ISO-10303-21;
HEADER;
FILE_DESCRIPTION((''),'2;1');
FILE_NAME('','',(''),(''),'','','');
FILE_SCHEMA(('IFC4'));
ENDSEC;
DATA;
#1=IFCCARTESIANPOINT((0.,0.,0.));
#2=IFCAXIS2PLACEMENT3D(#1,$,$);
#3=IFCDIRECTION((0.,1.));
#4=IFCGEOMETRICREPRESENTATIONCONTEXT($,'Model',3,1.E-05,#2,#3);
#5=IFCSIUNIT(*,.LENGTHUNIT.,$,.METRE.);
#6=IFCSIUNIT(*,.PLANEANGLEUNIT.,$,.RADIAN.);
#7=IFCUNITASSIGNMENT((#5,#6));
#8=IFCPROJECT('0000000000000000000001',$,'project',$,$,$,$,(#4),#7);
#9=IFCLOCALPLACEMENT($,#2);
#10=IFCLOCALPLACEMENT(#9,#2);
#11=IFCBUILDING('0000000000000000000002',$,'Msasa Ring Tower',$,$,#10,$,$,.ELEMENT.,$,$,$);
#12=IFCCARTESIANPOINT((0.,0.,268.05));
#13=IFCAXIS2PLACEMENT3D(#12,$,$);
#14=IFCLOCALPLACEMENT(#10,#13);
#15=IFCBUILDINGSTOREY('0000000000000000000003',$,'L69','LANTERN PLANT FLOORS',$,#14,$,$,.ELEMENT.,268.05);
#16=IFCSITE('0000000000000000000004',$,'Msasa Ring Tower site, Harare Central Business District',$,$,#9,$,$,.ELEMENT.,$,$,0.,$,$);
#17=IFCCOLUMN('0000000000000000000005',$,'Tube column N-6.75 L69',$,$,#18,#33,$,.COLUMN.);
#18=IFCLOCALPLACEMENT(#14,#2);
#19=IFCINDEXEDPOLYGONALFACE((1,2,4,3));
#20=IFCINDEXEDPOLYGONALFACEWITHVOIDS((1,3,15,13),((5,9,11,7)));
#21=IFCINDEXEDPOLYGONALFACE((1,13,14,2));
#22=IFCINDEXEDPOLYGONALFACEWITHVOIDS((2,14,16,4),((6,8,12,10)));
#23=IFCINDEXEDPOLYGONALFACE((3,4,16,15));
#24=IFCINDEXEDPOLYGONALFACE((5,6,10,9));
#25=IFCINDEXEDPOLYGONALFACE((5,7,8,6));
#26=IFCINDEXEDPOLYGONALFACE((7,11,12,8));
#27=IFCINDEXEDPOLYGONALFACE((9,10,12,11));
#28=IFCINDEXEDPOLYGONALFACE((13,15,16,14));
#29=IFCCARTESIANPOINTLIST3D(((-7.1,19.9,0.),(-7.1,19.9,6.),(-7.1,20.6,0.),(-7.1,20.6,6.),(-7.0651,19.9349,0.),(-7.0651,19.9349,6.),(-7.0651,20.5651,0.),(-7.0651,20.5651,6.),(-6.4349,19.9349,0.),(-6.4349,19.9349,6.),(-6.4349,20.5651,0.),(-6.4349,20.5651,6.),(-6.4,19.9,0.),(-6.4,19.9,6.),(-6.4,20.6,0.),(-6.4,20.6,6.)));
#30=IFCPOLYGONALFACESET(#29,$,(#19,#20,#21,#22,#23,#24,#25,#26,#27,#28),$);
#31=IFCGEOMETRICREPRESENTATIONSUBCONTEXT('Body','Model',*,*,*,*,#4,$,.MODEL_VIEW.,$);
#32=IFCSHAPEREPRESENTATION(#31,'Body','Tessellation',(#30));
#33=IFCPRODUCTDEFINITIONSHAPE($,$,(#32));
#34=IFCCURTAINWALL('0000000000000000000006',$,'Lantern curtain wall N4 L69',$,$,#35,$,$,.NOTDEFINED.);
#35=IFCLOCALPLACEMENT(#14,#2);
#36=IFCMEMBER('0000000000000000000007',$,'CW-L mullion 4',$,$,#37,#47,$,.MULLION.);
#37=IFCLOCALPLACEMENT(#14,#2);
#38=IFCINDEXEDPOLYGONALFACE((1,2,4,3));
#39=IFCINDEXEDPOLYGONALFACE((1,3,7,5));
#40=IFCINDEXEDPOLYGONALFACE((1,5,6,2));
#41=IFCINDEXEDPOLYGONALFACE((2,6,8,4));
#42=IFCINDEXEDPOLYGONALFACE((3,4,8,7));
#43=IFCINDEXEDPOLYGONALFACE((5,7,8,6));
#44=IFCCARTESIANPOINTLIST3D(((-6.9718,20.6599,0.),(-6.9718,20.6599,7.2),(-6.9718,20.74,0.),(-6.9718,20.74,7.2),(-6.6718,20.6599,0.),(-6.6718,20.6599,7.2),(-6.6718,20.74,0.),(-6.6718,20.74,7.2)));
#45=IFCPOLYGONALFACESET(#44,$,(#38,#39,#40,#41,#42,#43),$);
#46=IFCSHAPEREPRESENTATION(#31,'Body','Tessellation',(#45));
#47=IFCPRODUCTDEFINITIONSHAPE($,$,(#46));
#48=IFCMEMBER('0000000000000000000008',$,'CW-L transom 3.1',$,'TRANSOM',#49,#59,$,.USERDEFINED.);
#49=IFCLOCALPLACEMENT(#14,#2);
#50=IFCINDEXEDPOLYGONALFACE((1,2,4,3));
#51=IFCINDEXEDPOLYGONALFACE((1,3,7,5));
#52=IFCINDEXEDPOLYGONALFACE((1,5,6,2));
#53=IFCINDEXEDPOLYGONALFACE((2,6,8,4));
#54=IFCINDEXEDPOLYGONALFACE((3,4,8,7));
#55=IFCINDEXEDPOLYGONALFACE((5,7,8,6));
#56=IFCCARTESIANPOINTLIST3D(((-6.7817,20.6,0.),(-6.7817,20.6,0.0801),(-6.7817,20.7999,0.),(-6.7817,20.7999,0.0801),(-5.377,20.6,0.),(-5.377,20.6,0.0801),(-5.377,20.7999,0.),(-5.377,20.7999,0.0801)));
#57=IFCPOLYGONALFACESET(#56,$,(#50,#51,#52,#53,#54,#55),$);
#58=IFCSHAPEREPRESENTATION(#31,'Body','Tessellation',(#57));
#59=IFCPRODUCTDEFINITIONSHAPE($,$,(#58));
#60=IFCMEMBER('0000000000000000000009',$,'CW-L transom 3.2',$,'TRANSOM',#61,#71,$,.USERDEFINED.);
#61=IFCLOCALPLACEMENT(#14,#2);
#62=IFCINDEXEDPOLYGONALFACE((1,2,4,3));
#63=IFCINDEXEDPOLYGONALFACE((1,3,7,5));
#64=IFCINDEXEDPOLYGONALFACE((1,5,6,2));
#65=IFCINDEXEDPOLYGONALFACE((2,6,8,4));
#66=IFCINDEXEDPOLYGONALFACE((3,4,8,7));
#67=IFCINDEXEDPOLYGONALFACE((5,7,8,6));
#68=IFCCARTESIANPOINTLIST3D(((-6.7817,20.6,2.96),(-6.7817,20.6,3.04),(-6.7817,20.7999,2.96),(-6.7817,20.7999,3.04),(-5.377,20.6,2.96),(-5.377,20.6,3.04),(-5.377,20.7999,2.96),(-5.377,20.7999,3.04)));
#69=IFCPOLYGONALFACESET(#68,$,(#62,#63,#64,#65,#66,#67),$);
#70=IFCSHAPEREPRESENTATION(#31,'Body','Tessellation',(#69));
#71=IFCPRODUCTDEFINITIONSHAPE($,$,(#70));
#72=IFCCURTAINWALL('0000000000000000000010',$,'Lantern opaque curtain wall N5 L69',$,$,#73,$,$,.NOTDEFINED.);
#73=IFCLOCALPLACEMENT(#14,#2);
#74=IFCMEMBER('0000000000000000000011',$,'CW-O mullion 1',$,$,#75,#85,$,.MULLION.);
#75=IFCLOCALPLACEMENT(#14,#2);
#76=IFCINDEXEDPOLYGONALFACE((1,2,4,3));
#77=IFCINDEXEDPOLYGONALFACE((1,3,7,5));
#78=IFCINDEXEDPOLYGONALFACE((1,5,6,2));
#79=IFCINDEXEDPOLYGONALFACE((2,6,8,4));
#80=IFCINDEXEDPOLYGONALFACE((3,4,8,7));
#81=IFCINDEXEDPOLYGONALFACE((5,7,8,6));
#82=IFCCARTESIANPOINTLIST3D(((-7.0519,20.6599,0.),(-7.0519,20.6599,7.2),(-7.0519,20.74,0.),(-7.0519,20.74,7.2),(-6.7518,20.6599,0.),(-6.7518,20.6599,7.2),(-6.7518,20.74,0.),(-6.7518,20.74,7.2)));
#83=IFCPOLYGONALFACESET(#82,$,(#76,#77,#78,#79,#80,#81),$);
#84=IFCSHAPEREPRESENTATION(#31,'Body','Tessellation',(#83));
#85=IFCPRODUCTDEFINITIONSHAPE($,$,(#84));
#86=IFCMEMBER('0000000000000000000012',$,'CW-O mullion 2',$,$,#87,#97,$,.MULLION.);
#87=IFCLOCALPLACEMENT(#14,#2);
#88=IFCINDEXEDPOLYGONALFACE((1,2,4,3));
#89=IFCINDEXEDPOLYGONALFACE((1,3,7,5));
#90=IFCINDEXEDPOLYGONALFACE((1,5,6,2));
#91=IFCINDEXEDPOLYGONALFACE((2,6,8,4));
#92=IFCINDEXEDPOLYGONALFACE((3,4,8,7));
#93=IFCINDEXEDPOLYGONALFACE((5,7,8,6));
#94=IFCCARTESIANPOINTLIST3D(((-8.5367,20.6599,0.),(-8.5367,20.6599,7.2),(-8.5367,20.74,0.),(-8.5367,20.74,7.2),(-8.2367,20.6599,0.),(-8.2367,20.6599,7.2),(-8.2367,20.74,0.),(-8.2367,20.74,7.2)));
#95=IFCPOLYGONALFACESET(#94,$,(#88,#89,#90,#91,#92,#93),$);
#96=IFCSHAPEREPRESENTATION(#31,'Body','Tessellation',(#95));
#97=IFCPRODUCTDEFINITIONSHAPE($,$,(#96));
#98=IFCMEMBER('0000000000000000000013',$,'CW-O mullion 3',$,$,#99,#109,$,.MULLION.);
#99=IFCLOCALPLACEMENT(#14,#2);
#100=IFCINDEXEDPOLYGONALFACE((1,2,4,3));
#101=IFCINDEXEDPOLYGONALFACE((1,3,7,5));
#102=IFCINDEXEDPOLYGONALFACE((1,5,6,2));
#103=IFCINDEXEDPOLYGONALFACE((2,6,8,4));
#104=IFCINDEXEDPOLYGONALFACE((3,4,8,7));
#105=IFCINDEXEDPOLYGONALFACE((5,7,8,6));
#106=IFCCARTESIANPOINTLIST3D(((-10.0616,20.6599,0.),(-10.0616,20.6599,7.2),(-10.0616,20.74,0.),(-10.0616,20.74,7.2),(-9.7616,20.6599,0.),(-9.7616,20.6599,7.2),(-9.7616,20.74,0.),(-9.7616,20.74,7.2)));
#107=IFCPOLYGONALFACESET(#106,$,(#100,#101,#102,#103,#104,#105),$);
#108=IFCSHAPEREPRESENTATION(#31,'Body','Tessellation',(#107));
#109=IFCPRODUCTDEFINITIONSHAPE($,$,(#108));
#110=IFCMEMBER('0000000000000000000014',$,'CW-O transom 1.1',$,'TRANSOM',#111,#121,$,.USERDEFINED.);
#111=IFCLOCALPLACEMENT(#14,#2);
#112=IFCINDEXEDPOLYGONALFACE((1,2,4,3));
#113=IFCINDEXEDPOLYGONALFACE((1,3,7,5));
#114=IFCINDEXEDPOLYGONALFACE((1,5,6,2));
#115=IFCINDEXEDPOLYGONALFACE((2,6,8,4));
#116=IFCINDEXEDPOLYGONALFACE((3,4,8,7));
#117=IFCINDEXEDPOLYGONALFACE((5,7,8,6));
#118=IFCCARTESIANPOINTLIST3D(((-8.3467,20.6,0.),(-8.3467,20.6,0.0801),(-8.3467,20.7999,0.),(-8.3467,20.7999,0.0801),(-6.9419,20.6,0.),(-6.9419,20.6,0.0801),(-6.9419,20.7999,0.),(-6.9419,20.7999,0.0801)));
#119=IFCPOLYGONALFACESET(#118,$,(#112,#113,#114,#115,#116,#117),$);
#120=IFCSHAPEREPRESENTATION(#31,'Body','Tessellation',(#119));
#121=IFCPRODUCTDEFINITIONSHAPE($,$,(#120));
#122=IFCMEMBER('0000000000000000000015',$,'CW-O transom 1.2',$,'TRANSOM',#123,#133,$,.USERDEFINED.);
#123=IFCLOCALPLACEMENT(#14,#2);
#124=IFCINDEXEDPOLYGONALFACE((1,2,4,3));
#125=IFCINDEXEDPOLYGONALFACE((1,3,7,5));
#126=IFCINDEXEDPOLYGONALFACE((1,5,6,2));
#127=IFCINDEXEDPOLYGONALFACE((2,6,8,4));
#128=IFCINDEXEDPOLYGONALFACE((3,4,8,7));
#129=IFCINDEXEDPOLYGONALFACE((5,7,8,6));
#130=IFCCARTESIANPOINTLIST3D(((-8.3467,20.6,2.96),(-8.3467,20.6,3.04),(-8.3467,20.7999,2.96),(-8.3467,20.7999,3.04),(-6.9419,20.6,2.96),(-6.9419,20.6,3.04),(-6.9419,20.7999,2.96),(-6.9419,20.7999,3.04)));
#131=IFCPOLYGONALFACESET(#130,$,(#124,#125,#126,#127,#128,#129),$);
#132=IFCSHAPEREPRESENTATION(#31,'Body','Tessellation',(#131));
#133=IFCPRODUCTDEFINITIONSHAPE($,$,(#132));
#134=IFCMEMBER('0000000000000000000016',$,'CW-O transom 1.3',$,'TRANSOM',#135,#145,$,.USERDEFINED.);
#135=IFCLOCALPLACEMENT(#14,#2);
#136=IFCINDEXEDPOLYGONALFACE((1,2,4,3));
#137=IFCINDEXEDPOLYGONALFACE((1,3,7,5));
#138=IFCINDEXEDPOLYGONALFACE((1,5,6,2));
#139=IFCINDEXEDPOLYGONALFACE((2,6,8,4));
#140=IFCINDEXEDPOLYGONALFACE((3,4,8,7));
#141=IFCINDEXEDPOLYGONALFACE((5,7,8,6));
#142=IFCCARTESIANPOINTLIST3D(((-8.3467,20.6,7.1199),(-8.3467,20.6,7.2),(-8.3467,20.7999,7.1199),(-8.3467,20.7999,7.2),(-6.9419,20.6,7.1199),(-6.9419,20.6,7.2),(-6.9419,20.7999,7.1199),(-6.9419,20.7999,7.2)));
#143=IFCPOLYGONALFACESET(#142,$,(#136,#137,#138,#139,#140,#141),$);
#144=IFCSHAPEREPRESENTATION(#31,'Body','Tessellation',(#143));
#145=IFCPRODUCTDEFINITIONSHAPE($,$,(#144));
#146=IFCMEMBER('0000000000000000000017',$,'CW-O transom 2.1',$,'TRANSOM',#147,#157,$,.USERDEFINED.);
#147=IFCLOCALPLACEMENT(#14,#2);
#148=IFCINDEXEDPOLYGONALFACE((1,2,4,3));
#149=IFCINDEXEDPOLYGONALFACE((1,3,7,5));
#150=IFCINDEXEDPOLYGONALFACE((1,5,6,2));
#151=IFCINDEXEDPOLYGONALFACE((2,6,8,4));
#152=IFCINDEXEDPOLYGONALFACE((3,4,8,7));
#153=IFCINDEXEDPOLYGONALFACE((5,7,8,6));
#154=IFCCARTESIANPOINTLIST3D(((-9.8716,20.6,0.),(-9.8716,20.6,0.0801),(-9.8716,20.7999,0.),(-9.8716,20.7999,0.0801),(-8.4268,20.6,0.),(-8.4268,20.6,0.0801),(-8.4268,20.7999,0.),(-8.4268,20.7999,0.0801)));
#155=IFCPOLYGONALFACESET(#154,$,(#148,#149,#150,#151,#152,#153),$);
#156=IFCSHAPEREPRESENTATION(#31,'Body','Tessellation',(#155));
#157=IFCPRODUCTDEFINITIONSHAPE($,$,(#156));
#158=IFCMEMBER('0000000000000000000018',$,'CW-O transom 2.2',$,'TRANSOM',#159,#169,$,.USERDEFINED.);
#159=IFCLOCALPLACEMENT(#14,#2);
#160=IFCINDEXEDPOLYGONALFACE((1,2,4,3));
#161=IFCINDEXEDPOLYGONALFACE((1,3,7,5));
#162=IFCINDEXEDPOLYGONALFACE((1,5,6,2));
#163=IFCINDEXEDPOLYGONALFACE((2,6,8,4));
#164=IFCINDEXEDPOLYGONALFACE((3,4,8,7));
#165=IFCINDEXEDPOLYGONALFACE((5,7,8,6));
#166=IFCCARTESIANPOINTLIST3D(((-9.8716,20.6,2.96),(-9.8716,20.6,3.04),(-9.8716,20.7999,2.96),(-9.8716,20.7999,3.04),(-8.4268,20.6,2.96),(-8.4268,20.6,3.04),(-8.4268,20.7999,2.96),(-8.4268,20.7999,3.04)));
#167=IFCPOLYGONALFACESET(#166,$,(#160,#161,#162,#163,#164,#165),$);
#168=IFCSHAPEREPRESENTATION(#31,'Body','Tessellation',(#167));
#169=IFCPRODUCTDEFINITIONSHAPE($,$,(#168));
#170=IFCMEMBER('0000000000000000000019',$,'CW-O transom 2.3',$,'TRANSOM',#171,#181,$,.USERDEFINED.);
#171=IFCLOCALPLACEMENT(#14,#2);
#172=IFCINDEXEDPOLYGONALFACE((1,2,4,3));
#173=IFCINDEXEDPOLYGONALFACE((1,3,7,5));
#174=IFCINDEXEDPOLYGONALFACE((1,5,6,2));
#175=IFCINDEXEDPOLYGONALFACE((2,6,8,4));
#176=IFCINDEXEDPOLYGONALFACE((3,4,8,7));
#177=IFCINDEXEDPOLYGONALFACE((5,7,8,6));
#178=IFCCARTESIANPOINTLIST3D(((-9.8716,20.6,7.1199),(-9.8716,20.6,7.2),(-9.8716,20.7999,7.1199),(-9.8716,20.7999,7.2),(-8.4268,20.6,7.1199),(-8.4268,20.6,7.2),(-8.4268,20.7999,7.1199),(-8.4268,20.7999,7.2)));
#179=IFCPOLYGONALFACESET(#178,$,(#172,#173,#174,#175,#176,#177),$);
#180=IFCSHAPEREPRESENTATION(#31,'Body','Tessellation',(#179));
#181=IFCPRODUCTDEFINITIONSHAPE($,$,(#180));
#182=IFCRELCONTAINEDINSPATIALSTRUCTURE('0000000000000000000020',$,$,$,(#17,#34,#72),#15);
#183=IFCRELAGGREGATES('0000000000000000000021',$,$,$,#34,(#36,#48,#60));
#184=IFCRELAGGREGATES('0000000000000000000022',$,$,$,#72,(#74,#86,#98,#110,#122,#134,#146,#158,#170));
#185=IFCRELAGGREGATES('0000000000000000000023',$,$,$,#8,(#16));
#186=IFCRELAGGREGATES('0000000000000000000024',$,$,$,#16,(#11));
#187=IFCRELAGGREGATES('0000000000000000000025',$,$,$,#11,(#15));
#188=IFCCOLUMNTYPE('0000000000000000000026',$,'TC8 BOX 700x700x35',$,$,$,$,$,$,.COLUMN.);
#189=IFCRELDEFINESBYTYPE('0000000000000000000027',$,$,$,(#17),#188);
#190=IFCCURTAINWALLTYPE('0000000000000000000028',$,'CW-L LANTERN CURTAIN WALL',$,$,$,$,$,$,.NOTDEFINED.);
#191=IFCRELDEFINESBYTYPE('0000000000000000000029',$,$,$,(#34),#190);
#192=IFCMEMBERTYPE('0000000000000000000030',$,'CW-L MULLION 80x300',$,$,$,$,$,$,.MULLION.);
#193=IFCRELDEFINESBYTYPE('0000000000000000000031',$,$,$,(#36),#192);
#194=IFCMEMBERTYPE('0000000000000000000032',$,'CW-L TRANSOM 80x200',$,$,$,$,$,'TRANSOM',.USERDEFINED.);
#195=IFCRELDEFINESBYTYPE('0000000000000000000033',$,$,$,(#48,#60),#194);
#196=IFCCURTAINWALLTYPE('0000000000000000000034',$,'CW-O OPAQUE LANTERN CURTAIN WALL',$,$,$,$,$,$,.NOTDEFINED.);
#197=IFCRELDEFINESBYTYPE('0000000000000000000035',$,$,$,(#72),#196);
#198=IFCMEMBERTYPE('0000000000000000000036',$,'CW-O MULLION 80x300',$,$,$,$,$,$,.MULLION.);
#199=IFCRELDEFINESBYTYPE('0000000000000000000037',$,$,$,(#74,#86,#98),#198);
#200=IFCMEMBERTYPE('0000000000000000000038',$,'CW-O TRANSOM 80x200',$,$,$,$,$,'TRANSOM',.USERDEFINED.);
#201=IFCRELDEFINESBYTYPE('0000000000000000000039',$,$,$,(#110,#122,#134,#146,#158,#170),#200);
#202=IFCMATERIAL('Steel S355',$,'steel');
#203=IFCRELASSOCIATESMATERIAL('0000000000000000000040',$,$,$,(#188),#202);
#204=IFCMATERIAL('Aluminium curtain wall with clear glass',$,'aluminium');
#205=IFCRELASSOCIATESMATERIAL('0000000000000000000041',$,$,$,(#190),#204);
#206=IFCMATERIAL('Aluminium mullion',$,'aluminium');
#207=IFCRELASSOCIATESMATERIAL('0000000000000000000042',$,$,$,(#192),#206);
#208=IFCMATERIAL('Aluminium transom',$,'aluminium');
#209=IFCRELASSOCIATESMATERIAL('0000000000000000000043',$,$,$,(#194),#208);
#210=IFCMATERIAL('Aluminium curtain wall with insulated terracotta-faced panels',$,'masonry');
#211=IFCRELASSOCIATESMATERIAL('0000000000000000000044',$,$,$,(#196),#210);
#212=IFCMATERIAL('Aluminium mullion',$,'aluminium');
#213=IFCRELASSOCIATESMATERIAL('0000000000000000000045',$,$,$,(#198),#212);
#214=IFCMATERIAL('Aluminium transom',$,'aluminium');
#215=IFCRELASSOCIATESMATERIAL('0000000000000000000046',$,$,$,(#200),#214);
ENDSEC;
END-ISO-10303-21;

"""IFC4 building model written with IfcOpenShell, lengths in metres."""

from ifc_helpers import new_model, si_unit, direction, frame, origin, origin_2d, place, context, subcontext, project, spatial, rectangle, hollow_rectangle, extrude, material, material_profile, profile_set, type_object, element, aggregate, save


model = new_model("IFC4")

# Units and contexts
model_context = context("Model", 3, precision=1e-05, world=origin(), true_north=direction((0.0, 1.0)))
body_context = subcontext(model_context, "Body", "Model", "MODEL_VIEW")
ifc_project = project(units=[si_unit("LENGTHUNIT", "METRE"), si_unit("PLANEANGLEUNIT", "RADIAN")], contexts=[model_context])

# Site, building, storey
site_placement = place(None, origin())
site = spatial("IfcSite", under=ifc_project, at=site_placement, Name="Msasa Ring Tower site, Harare Central Business District", CompositionType="ELEMENT", RefElevation=0.0)
building_placement = place(site_placement, origin())
building = spatial("IfcBuilding", under=site, at=building_placement, Name="Msasa Ring Tower", CompositionType="ELEMENT")
storey_placement = place(building_placement, frame((0.0, 0.0, 268.05)))
storey = spatial("IfcBuildingStorey", under=building, at=storey_placement, Name="L69", Description="LANTERN PLANT FLOORS", CompositionType="ELEMENT", Elevation=268.05)

# Column
ifc_material_1 = material(Name="Steel S355", Category="steel")
ifc_material_profile_1 = material_profile(ifc_material_1, hollow_rectangle(XDim=0.7, YDim=0.7, WallThickness=0.0349, at=origin_2d()), Name="BOX 700x700x35")
ifc_profile_set_1 = profile_set([ifc_material_profile_1], Name="Steel S355")
column_type = type_object("IfcColumnType", Name="TC8 BOX 700x700x35", PredefinedType="COLUMN", material=ifc_profile_set_1)
column_placement = place(storey_placement, frame((-6.75, 20.25, 0.0), z_axis=(0.0, 0.0, 1.0), x_axis=(0.0, 1.0, 0.0)))
element("IfcColumn", 1, at=column_placement, inside=storey, type_object=column_type, Name="Tube column N-6.75 L69", PredefinedType="COLUMN", context=body_context, shape_type="SweptSolid", body=[
    extrude(hollow_rectangle(XDim=0.7, YDim=0.7, WallThickness=0.0349, at=origin_2d()), origin(), (0.0, 0.0, 1.0), 6.0),
])

# Curtain walls, members
ifc_material_2 = material(Name="Aluminium curtain wall with clear glass", Category="aluminium")
curtain_wall_type_1 = type_object("IfcCurtainWallType", Name="CW-L LANTERN CURTAIN WALL", PredefinedType="NOTDEFINED", material=ifc_material_2)
curtain_wall_1_placement = place(storey_placement, origin())
curtain_wall_1 = element("IfcCurtainWall", 2, at=curtain_wall_1_placement, inside=storey, type_object=curtain_wall_type_1, Name="Lantern curtain wall N4 L69", PredefinedType="NOTDEFINED")
ifc_material_3 = material(Name="Aluminium mullion", Category="aluminium")
ifc_material_profile_2 = material_profile(ifc_material_3, rectangle(XDim=0.0801, YDim=0.3, at=origin_2d()), Name="AL 80x300")
ifc_profile_set_2 = profile_set([ifc_material_profile_2], Name="Aluminium mullion")
member_type_1 = type_object("IfcMemberType", Name="CW-L MULLION 80x300", PredefinedType="MULLION", material=ifc_profile_set_2)
member_1_placement = place(storey_placement, frame((-6.8218, 20.7, 0.0), z_axis=(0.0, 0.0, 1.0), x_axis=(0.0, -1.0, 0.0)))
member_1 = element("IfcMember", 3, at=member_1_placement, type_object=member_type_1, Name="CW-L mullion 4", PredefinedType="MULLION", context=body_context, shape_type="SweptSolid", body=[
    extrude(rectangle(XDim=0.0801, YDim=0.3, at=origin_2d()), origin(), (0.0, 0.0, 1.0), 7.2),
])
ifc_material_4 = material(Name="Aluminium transom", Category="aluminium")
ifc_material_profile_3 = material_profile(ifc_material_4, rectangle(XDim=0.2, YDim=0.0801, at=origin_2d()), Name="AL 80x200")
ifc_profile_set_3 = profile_set([ifc_material_profile_3], Name="Aluminium transom")
member_type_2 = type_object("IfcMemberType", Name="CW-L TRANSOM 80x200", ElementType="TRANSOM", PredefinedType="USERDEFINED", material=ifc_profile_set_3)
member_2_placement = place(storey_placement, frame((-5.377, 20.7, 0.04), z_axis=(-1.0, 0.0, 0.0), x_axis=(0.0, -1.0, 0.0)))
member_2 = element("IfcMember", 4, at=member_2_placement, type_object=member_type_2, Name="CW-L transom 3.1", ObjectType="TRANSOM", PredefinedType="USERDEFINED", context=body_context, shape_type="SweptSolid", body=[
    extrude(rectangle(XDim=0.2, YDim=0.0801, at=origin_2d()), origin(), (0.0, 0.0, 1.0), 1.4048),
])
member_3_placement = place(storey_placement, frame((-5.377, 20.7, 3.0), z_axis=(-1.0, 0.0, 0.0), x_axis=(0.0, -1.0, 0.0)))
member_3 = element("IfcMember", 5, at=member_3_placement, type_object=member_type_2, Name="CW-L transom 3.2", ObjectType="TRANSOM", PredefinedType="USERDEFINED", context=body_context, shape_type="SweptSolid", body=[
    extrude(rectangle(XDim=0.2, YDim=0.0801, at=origin_2d()), origin(), (0.0, 0.0, 1.0), 1.4048),
])
ifc_material_5 = material(Name="Aluminium curtain wall with insulated terracotta-faced panels", Category="masonry")
curtain_wall_type_2 = type_object("IfcCurtainWallType", Name="CW-O OPAQUE LANTERN CURTAIN WALL", PredefinedType="NOTDEFINED", material=ifc_material_5)
curtain_wall_2_placement = place(storey_placement, origin())
curtain_wall_2 = element("IfcCurtainWall", 6, at=curtain_wall_2_placement, inside=storey, type_object=curtain_wall_type_2, Name="Lantern opaque curtain wall N5 L69", PredefinedType="NOTDEFINED")
ifc_material_6 = material(Name="Aluminium mullion", Category="aluminium")
ifc_material_profile_4 = material_profile(ifc_material_6, rectangle(XDim=0.0801, YDim=0.3, at=origin_2d()), Name="AL 80x300")
ifc_profile_set_4 = profile_set([ifc_material_profile_4], Name="Aluminium mullion")
member_type_3 = type_object("IfcMemberType", Name="CW-O MULLION 80x300", PredefinedType="MULLION", material=ifc_profile_set_4)
member_4_placement = place(storey_placement, frame((-6.9019, 20.7, 0.0), z_axis=(0.0, 0.0, 1.0), x_axis=(0.0, -1.0, 0.0)))
member_4 = element("IfcMember", 7, at=member_4_placement, type_object=member_type_3, Name="CW-O mullion 1", PredefinedType="MULLION", context=body_context, shape_type="SweptSolid", body=[
    extrude(rectangle(XDim=0.0801, YDim=0.3, at=origin_2d()), origin(), (0.0, 0.0, 1.0), 7.2),
])
member_5_placement = place(storey_placement, frame((-8.3867, 20.7, 0.0), z_axis=(0.0, 0.0, 1.0), x_axis=(0.0, -1.0, 0.0)))
member_5 = element("IfcMember", 8, at=member_5_placement, type_object=member_type_3, Name="CW-O mullion 2", PredefinedType="MULLION", context=body_context, shape_type="SweptSolid", body=[
    extrude(rectangle(XDim=0.0801, YDim=0.3, at=origin_2d()), origin(), (0.0, 0.0, 1.0), 7.2),
])
member_6_placement = place(storey_placement, frame((-9.9116, 20.7, 0.0), z_axis=(0.0, 0.0, 1.0), x_axis=(0.0, -1.0, 0.0)))
member_6 = element("IfcMember", 9, at=member_6_placement, type_object=member_type_3, Name="CW-O mullion 3", PredefinedType="MULLION", context=body_context, shape_type="SweptSolid", body=[
    extrude(rectangle(XDim=0.0801, YDim=0.3, at=origin_2d()), origin(), (0.0, 0.0, 1.0), 7.2),
])
ifc_material_7 = material(Name="Aluminium transom", Category="aluminium")
ifc_material_profile_5 = material_profile(ifc_material_7, rectangle(XDim=0.2, YDim=0.0801, at=origin_2d()), Name="AL 80x200")
ifc_profile_set_5 = profile_set([ifc_material_profile_5], Name="Aluminium transom")
member_type_4 = type_object("IfcMemberType", Name="CW-O TRANSOM 80x200", ElementType="TRANSOM", PredefinedType="USERDEFINED", material=ifc_profile_set_5)
member_7_placement = place(storey_placement, frame((-6.9419, 20.7, 0.04), z_axis=(-1.0, 0.0, 0.0), x_axis=(0.0, -1.0, 0.0)))
member_7 = element("IfcMember", 10, at=member_7_placement, type_object=member_type_4, Name="CW-O transom 1.1", ObjectType="TRANSOM", PredefinedType="USERDEFINED", context=body_context, shape_type="SweptSolid", body=[
    extrude(rectangle(XDim=0.2, YDim=0.0801, at=origin_2d()), origin(), (0.0, 0.0, 1.0), 1.4048),
])
member_8_placement = place(storey_placement, frame((-6.9419, 20.7, 3.0), z_axis=(-1.0, 0.0, 0.0), x_axis=(0.0, -1.0, 0.0)))
member_8 = element("IfcMember", 11, at=member_8_placement, type_object=member_type_4, Name="CW-O transom 1.2", ObjectType="TRANSOM", PredefinedType="USERDEFINED", context=body_context, shape_type="SweptSolid", body=[
    extrude(rectangle(XDim=0.2, YDim=0.0801, at=origin_2d()), origin(), (0.0, 0.0, 1.0), 1.4048),
])
member_9_placement = place(storey_placement, frame((-6.9419, 20.7, 7.1599), z_axis=(-1.0, 0.0, 0.0), x_axis=(0.0, -1.0, 0.0)))
member_9 = element("IfcMember", 12, at=member_9_placement, type_object=member_type_4, Name="CW-O transom 1.3", ObjectType="TRANSOM", PredefinedType="USERDEFINED", context=body_context, shape_type="SweptSolid", body=[
    extrude(rectangle(XDim=0.2, YDim=0.0801, at=origin_2d()), origin(), (0.0, 0.0, 1.0), 1.4048),
])
member_10_placement = place(storey_placement, frame((-8.4268, 20.7, 0.04), z_axis=(-1.0, 0.0, 0.0), x_axis=(0.0, -1.0, 0.0)))
member_10 = element("IfcMember", 13, at=member_10_placement, type_object=member_type_4, Name="CW-O transom 2.1", ObjectType="TRANSOM", PredefinedType="USERDEFINED", context=body_context, shape_type="SweptSolid", body=[
    extrude(rectangle(XDim=0.2, YDim=0.0801, at=origin_2d()), origin(), (0.0, 0.0, 1.0), 1.4448),
])
member_11_placement = place(storey_placement, frame((-8.4268, 20.7, 3.0), z_axis=(-1.0, 0.0, 0.0), x_axis=(0.0, -1.0, 0.0)))
member_11 = element("IfcMember", 14, at=member_11_placement, type_object=member_type_4, Name="CW-O transom 2.2", ObjectType="TRANSOM", PredefinedType="USERDEFINED", context=body_context, shape_type="SweptSolid", body=[
    extrude(rectangle(XDim=0.2, YDim=0.0801, at=origin_2d()), origin(), (0.0, 0.0, 1.0), 1.4448),
])
member_12_placement = place(storey_placement, frame((-8.4268, 20.7, 7.1599), z_axis=(-1.0, 0.0, 0.0), x_axis=(0.0, -1.0, 0.0)))
member_12 = element("IfcMember", 15, at=member_12_placement, type_object=member_type_4, Name="CW-O transom 2.3", ObjectType="TRANSOM", PredefinedType="USERDEFINED", context=body_context, shape_type="SweptSolid", body=[
    extrude(rectangle(XDim=0.2, YDim=0.0801, at=origin_2d()), origin(), (0.0, 0.0, 1.0), 1.4448),
])

aggregate(curtain_wall_1, [member_1, member_2, member_3])
aggregate(curtain_wall_2, [member_4, member_5, member_6, member_7, member_8, member_9, member_10, member_11, member_12])

save(model, "model.ifc")
